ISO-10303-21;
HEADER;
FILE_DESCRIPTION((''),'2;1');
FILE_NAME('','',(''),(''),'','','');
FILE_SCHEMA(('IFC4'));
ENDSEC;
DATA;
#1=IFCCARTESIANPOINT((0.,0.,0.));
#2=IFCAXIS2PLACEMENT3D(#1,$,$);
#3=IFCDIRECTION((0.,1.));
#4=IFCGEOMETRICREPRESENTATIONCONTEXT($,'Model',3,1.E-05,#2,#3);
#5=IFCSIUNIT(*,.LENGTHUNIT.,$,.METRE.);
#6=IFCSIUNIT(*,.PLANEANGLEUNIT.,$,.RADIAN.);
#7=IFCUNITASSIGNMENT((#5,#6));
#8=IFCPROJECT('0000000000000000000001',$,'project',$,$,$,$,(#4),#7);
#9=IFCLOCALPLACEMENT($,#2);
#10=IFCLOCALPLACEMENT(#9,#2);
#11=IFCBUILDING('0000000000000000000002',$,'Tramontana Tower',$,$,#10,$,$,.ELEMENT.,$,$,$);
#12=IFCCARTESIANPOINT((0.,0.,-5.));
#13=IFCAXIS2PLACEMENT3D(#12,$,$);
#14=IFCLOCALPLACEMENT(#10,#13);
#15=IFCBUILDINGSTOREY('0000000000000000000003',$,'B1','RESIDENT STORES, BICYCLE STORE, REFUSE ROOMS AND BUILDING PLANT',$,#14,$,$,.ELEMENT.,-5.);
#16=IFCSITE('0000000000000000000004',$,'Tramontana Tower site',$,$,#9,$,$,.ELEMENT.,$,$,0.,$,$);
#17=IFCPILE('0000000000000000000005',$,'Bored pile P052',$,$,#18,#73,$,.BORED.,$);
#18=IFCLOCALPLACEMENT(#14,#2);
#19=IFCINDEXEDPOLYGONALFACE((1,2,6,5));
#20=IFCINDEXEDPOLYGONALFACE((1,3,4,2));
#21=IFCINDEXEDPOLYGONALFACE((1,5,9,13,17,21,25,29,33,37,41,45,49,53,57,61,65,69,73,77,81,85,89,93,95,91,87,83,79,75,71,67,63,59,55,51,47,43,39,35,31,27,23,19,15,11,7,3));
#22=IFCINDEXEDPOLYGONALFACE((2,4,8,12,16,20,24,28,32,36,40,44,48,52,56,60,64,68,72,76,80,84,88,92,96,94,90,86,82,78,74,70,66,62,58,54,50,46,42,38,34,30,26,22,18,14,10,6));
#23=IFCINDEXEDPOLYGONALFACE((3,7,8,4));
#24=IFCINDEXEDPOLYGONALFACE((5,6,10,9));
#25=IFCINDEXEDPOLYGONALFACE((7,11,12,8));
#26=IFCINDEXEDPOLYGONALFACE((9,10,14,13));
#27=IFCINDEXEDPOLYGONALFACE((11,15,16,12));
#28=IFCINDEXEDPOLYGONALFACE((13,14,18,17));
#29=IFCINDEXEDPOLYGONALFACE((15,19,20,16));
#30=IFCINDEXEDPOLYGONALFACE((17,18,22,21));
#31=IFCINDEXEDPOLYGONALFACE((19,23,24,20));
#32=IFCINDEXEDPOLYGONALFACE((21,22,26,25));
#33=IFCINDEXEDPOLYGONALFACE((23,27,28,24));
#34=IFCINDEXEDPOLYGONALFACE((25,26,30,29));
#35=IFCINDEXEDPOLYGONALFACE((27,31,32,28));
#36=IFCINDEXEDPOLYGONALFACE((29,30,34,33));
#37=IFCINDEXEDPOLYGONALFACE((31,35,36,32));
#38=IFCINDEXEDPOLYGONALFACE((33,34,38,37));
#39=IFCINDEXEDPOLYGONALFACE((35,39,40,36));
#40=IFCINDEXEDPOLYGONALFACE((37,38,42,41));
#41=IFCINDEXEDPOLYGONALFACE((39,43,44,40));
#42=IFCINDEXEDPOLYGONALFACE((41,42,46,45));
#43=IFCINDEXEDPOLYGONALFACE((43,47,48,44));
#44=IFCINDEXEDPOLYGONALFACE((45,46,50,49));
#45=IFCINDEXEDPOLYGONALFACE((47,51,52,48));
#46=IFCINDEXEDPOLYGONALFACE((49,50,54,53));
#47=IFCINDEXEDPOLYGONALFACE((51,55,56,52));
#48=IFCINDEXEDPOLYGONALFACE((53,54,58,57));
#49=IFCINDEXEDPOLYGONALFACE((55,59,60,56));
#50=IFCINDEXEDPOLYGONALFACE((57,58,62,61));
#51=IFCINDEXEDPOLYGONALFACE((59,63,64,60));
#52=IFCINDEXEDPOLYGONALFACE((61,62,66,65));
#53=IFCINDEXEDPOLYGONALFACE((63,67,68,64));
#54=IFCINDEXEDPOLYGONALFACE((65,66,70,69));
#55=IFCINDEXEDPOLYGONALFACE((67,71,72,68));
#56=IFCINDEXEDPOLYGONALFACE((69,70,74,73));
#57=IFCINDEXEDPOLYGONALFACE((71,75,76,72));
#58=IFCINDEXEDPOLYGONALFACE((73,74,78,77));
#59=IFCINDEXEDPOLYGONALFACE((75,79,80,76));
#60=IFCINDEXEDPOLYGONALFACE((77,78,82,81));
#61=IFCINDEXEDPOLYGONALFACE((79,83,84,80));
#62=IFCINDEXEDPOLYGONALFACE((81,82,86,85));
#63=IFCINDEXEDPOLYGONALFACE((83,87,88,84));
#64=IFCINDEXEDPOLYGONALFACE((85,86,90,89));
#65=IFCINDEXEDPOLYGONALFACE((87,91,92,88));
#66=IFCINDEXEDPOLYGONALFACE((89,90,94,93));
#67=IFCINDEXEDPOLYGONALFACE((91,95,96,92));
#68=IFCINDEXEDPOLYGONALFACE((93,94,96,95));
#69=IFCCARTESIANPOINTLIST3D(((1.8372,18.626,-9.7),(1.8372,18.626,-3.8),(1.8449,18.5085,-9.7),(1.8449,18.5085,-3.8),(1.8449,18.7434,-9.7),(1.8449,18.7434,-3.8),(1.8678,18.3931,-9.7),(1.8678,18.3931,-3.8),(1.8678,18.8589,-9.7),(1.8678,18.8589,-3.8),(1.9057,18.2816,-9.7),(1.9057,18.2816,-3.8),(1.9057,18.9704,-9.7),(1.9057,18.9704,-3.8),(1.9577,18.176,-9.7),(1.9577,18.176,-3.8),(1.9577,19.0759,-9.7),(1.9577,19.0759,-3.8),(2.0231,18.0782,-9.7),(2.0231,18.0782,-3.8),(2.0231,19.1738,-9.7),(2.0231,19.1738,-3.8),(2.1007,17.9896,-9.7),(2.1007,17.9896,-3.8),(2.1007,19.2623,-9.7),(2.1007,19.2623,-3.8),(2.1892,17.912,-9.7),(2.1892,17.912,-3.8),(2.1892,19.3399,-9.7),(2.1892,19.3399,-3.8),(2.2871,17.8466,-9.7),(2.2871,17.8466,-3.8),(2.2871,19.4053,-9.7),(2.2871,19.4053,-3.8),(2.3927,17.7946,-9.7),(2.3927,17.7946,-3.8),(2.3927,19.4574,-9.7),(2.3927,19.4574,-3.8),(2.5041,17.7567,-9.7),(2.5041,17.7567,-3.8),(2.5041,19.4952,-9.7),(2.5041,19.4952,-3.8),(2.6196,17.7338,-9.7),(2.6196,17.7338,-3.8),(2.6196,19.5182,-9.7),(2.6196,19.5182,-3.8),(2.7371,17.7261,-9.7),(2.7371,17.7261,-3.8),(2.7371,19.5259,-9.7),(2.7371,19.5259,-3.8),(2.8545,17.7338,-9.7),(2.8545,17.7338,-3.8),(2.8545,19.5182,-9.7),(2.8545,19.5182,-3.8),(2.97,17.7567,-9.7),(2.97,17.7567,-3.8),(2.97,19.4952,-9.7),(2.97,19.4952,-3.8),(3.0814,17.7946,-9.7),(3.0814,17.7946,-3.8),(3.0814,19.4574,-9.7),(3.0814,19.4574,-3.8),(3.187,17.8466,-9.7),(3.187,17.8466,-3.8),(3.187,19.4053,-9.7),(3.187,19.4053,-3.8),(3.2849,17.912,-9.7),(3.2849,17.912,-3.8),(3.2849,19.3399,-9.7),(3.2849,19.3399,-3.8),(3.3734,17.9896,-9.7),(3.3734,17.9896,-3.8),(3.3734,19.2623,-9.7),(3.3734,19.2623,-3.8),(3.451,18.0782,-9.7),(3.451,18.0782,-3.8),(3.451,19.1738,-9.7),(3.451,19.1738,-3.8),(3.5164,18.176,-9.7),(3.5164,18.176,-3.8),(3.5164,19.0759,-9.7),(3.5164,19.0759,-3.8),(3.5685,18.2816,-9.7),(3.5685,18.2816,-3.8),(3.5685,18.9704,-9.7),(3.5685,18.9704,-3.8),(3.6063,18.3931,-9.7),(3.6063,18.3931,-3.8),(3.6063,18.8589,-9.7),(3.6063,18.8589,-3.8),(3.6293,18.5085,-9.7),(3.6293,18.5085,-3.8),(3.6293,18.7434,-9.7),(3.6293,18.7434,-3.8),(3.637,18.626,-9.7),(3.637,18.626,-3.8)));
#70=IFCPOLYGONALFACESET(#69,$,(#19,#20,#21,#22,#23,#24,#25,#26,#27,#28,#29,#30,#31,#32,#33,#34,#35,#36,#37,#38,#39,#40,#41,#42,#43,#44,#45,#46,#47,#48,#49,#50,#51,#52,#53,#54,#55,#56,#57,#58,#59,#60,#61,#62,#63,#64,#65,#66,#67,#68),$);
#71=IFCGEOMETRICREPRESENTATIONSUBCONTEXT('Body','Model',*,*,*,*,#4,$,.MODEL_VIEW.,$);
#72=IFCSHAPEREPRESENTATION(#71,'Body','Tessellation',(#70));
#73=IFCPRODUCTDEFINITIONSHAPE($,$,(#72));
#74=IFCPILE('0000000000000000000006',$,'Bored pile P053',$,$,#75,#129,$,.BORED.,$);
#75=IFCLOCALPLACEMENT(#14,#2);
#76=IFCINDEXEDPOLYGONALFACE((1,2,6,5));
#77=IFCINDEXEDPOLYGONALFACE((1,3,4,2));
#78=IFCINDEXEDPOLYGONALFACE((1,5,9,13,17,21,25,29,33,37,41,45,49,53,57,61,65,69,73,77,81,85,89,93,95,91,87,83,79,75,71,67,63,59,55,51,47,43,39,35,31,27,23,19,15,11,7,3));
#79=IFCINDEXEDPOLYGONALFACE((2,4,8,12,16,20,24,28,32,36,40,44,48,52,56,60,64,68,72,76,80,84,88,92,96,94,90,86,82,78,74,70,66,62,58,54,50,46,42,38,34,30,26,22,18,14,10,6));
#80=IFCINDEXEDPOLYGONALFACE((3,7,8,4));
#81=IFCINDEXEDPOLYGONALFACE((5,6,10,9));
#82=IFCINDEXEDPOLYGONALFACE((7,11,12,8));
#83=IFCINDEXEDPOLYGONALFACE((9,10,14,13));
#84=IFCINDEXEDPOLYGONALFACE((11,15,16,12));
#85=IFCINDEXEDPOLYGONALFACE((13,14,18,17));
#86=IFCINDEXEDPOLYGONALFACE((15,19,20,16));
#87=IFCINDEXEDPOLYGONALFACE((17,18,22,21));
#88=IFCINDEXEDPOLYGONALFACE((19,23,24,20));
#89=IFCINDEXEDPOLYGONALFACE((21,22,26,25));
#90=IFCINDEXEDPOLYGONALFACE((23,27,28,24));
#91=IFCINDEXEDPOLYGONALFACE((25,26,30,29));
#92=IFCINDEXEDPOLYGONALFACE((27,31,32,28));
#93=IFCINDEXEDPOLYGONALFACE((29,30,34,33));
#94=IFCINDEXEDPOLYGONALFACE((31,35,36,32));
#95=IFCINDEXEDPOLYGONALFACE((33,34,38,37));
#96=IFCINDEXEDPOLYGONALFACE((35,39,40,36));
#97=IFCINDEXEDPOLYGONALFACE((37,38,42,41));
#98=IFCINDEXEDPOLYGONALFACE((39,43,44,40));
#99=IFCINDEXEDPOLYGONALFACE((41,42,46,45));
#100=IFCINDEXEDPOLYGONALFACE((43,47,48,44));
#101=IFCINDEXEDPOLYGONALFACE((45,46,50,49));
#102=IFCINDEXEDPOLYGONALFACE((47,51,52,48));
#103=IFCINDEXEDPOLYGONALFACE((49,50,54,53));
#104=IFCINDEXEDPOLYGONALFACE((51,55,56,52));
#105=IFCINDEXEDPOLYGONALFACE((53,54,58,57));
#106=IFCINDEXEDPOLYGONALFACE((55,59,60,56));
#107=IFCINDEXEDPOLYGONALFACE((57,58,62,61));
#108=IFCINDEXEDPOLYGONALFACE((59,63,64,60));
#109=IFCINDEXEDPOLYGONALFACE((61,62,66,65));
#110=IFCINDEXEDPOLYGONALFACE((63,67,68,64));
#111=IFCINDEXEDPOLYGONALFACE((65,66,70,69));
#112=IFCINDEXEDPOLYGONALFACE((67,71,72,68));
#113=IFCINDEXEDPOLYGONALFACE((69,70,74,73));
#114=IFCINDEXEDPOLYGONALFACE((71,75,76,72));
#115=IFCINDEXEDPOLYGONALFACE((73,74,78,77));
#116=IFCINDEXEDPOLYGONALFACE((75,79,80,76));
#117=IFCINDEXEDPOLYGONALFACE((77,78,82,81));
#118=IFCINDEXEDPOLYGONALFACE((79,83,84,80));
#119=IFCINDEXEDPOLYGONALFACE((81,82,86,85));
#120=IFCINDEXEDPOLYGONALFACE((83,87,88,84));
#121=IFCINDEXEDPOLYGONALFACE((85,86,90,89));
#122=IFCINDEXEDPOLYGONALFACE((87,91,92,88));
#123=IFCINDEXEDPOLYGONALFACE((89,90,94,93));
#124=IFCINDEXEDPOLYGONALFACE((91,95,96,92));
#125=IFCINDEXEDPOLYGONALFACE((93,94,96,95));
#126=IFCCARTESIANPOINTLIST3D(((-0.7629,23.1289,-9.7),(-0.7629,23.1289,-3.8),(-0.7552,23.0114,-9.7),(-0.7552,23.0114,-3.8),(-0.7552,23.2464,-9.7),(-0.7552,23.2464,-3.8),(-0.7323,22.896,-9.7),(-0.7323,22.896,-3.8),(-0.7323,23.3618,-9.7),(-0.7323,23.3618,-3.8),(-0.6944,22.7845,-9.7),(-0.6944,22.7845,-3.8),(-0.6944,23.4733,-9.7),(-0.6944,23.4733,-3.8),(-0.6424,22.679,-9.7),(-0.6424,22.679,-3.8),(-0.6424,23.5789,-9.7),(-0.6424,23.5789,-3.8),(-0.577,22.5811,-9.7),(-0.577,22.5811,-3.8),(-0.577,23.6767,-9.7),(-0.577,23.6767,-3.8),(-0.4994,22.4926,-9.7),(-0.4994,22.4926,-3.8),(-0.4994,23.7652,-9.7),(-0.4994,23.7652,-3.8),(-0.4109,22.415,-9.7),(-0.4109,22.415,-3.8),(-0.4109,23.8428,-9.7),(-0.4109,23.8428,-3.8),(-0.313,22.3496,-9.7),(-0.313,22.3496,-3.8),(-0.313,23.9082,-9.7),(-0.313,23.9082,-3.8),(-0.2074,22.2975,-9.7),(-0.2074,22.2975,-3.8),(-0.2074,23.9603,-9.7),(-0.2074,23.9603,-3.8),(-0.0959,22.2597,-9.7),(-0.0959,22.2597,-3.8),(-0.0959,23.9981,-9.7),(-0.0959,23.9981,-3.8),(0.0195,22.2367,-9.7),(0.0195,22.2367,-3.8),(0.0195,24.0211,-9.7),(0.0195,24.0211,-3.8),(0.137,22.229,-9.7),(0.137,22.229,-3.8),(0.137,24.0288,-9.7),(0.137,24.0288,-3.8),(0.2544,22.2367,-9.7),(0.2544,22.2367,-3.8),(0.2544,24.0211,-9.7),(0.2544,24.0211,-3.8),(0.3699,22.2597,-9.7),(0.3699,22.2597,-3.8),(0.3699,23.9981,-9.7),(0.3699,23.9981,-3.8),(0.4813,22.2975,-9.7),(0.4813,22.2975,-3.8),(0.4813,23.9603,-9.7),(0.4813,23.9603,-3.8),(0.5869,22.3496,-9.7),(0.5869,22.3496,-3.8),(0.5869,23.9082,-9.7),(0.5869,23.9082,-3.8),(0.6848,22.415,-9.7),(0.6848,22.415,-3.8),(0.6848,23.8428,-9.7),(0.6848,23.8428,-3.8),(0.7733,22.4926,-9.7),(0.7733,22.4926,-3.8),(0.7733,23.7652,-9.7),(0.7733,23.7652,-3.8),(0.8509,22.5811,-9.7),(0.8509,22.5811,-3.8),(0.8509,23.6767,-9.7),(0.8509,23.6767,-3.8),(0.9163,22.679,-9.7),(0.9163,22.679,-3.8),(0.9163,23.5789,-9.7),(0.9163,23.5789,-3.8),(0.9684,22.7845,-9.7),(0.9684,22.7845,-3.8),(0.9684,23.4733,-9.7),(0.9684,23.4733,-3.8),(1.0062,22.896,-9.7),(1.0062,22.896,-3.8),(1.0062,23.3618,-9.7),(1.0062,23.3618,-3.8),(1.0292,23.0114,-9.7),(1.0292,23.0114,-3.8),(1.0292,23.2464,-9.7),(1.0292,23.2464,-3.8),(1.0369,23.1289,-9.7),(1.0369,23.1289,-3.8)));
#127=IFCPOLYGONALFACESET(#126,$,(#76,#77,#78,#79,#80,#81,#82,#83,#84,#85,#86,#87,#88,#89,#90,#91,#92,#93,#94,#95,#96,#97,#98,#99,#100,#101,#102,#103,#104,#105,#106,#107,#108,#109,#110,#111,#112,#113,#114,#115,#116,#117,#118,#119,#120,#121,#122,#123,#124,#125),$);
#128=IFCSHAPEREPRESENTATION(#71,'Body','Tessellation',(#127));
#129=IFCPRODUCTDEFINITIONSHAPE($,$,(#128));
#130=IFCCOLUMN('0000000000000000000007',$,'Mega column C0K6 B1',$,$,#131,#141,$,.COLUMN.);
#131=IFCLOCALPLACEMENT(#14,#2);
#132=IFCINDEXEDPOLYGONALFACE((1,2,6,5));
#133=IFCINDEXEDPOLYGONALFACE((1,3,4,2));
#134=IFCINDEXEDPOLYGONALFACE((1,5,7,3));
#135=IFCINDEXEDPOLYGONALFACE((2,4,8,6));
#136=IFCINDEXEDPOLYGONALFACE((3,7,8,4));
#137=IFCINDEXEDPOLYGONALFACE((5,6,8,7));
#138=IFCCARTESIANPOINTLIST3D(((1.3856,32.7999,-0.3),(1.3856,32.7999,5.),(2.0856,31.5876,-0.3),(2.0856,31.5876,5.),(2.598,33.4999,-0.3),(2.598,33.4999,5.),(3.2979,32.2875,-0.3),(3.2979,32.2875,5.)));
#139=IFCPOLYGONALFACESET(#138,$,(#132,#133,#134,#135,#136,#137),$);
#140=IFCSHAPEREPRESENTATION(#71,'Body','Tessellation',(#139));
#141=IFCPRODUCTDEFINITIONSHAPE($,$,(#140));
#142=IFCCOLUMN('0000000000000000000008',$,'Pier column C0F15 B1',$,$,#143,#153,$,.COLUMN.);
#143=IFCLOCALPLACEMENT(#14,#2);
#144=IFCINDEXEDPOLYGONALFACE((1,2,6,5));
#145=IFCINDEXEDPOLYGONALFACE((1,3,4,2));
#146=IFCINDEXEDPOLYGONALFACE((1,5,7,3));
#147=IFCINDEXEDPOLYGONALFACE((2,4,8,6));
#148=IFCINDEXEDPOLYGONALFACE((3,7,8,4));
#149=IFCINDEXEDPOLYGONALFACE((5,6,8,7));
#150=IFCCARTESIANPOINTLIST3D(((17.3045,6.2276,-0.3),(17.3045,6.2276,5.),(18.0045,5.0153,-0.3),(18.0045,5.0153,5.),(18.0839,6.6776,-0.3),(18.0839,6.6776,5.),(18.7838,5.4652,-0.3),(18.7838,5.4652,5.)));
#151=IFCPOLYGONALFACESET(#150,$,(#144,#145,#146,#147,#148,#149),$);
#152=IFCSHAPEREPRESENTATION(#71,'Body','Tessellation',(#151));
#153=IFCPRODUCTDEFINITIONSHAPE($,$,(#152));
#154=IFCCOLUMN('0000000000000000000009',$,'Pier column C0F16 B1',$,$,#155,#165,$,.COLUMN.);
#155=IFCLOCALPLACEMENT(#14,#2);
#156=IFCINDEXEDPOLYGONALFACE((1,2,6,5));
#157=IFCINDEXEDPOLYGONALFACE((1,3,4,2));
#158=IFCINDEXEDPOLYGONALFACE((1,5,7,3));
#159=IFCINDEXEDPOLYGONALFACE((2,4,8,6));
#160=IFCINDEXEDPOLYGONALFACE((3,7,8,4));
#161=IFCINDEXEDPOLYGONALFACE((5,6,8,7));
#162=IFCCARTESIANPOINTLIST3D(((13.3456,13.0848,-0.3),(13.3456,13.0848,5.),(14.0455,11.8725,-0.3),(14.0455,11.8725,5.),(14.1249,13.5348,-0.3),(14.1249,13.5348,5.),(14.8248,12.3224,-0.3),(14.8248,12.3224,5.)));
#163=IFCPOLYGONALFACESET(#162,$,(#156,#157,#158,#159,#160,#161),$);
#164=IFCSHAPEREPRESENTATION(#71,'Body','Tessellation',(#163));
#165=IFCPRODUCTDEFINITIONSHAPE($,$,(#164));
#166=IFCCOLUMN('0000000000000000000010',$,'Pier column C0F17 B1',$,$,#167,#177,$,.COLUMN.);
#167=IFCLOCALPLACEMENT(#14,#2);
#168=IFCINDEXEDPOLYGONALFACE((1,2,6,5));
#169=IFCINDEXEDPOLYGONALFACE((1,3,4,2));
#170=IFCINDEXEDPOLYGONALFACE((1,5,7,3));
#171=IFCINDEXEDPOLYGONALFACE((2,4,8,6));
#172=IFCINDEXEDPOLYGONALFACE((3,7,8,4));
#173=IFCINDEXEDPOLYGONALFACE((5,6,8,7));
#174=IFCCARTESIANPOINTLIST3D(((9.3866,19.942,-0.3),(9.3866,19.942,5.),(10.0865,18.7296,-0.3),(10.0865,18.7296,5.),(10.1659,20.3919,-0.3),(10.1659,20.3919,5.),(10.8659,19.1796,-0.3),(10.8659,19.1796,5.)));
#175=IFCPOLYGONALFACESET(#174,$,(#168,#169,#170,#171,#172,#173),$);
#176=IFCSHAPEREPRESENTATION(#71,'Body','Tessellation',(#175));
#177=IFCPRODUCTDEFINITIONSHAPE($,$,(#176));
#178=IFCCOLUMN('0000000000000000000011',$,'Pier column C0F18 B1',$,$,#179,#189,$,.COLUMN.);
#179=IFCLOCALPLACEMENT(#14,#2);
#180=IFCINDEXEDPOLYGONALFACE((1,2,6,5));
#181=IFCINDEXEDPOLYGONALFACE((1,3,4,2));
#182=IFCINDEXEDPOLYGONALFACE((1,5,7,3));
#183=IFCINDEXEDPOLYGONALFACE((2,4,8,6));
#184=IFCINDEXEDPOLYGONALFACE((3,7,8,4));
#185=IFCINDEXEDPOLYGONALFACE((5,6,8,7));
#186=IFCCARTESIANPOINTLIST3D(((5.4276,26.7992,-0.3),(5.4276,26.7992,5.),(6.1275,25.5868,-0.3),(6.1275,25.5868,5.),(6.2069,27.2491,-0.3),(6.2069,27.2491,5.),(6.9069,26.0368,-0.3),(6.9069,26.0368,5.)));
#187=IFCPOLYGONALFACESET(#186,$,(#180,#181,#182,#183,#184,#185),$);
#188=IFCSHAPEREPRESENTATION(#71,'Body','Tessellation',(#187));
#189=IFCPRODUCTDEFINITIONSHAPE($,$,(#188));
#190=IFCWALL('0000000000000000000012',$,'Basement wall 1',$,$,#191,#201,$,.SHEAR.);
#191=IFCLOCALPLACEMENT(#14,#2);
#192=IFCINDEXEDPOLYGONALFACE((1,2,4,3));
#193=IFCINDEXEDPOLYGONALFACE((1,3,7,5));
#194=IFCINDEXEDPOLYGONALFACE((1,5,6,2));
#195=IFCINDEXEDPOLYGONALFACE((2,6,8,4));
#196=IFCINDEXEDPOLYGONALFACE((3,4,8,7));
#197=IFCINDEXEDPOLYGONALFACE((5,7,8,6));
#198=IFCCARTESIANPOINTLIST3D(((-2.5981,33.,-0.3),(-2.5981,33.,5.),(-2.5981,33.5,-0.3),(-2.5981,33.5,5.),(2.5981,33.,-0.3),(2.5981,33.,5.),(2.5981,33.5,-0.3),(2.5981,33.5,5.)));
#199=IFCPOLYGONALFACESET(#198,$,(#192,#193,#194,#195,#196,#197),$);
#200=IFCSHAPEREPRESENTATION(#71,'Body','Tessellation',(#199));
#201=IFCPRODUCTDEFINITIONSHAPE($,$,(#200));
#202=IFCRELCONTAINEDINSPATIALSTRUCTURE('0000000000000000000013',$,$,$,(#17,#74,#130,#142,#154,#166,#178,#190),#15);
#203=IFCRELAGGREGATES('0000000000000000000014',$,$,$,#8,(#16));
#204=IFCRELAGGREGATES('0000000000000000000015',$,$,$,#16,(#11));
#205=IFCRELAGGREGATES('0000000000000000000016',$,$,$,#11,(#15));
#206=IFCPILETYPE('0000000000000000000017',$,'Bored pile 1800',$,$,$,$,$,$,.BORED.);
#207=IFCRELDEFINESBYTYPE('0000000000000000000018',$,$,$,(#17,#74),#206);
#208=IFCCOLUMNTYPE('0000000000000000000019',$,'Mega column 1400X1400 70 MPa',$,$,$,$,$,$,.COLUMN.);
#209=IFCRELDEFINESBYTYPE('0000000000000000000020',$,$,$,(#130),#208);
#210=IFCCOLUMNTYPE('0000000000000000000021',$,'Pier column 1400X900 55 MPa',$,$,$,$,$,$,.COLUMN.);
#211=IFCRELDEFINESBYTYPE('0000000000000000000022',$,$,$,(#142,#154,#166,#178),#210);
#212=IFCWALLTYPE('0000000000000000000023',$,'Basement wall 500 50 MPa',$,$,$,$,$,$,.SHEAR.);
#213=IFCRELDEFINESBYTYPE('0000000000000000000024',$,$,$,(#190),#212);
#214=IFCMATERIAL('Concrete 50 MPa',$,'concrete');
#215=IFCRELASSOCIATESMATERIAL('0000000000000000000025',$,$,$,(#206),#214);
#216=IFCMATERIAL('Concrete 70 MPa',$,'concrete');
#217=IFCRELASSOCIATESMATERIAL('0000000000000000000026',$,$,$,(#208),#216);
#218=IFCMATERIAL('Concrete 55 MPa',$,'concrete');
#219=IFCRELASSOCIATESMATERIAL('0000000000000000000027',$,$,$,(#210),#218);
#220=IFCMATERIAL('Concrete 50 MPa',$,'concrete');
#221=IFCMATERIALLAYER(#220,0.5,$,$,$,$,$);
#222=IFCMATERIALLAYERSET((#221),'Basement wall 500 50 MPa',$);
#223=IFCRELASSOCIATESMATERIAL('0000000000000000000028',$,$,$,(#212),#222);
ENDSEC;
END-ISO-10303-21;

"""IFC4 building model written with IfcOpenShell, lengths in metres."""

from ifc_helpers import new_model, si_unit, direction, frame, frame_2d, origin, origin_2d, place, context, subcontext, project, spatial, rectangle, circle, extrude, material, layer, layer_set, material_profile, profile_set, type_object, element, save


model = new_model("IFC4")

# Units and contexts
model_context = context("Model", 3, precision=1e-05, world=origin(), true_north=direction((0.0, 1.0)))
body_context = subcontext(model_context, "Body", "Model", "MODEL_VIEW")
ifc_project = project(units=[si_unit("LENGTHUNIT", "METRE"), si_unit("PLANEANGLEUNIT", "RADIAN")], contexts=[model_context])

# Site, building, storey
site_placement = place(None, origin())
site = spatial("IfcSite", under=ifc_project, at=site_placement, Name="Tramontana Tower site", CompositionType="ELEMENT", RefElevation=0.0)
building_placement = place(site_placement, origin())
building = spatial("IfcBuilding", under=site, at=building_placement, Name="Tramontana Tower", CompositionType="ELEMENT")
storey_placement = place(building_placement, frame((0.0, 0.0, -5.0)))
storey = spatial("IfcBuildingStorey", under=building, at=storey_placement, Name="B1", Description="RESIDENT STORES, BICYCLE STORE, REFUSE ROOMS AND BUILDING PLANT", CompositionType="ELEMENT", Elevation=-5.0)

# Piles
ifc_material_1 = material(Name="Concrete 50 MPa", Category="concrete")
ifc_material_profile_1 = material_profile(ifc_material_1, circle(Radius=0.8999, at=origin_2d()), Name="Bored pile 1800")
ifc_profile_set_1 = profile_set([ifc_material_profile_1], Name="Concrete 50 MPa")
pile_type = type_object("IfcPileType", Name="Bored pile 1800", PredefinedType="BORED", material=ifc_profile_set_1)
for number, where, z_axis, x_axis, name in (
    (1, (2.7371, 18.626, -3.8), (0.0, 0.0, -1.0), (1.0, 0.0, 0.0), "Bored pile P052"),
    (2, (0.137, 23.1289, -3.8), (0.0, 0.0, -1.0), (1.0, 0.0, 0.0), "Bored pile P053"),
):
    element("IfcPile", number, at=place(storey_placement, frame(where, z_axis=z_axis, x_axis=x_axis)), inside=storey, type_object=pile_type, Name=name, PredefinedType="BORED", context=body_context, shape_type="SweptSolid", body=[
        extrude(circle(Radius=0.8999, at=origin_2d()), origin(), (0.0, 0.0, 1.0), 5.8999),
    ])

# Columns
ifc_material_2 = material(Name="Concrete 70 MPa", Category="concrete")
ifc_material_profile_2 = material_profile(ifc_material_2, rectangle(XDim=1.3999, YDim=1.3999, at=origin_2d()), Name="Mega column 1400X1400 70 MPa")
ifc_profile_set_2 = profile_set([ifc_material_profile_2], Name="Concrete 70 MPa")
column_type_1 = type_object("IfcColumnType", Name="Mega column 1400X1400 70 MPa", PredefinedType="COLUMN", material=ifc_profile_set_2)
column_placement = place(storey_placement, frame((2.3418, 32.5437, -0.3), z_axis=(0.0, 0.0, 1.0), x_axis=(-0.5, 0.866025, 0.0)))
element("IfcColumn", 3, at=column_placement, inside=storey, type_object=column_type_1, Name="Mega column C0K6 B1", PredefinedType="COLUMN", context=body_context, shape_type="SweptSolid", body=[
    extrude(rectangle(XDim=1.3999, YDim=1.3999, at=origin_2d()), origin(), (0.0, 0.0, 1.0), 5.3),
])
ifc_material_3 = material(Name="Concrete 55 MPa", Category="concrete")
ifc_material_profile_3 = material_profile(ifc_material_3, rectangle(XDim=1.3999, YDim=0.8999, at=origin_2d()), Name="Pier column 1400X900 55 MPa")
ifc_profile_set_3 = profile_set([ifc_material_profile_3], Name="Concrete 55 MPa")
column_type_2 = type_object("IfcColumnType", Name="Pier column 1400X900 55 MPa", PredefinedType="COLUMN", material=ifc_profile_set_3)
for number, where, z_axis, x_axis, name in (
    (4, (18.0442, 5.8464, -0.3), (0.0, 0.0, 1.0), (-0.5, 0.866025, 0.0), "Pier column C0F15 B1"),
    (5, (14.0852, 12.7036, -0.3), (0.0, 0.0, 1.0), (-0.5, 0.866025, 0.0), "Pier column C0F16 B1"),
    (6, (10.1262, 19.5608, -0.3), (0.0, 0.0, 1.0), (-0.5, 0.866025, 0.0), "Pier column C0F17 B1"),
    (7, (6.1672, 26.418, -0.3), (0.0, 0.0, 1.0), (-0.5, 0.866025, 0.0), "Pier column C0F18 B1"),
):
    element("IfcColumn", number, at=place(storey_placement, frame(where, z_axis=z_axis, x_axis=x_axis)), inside=storey, type_object=column_type_2, Name=name, PredefinedType="COLUMN", context=body_context, shape_type="SweptSolid", body=[
        extrude(rectangle(XDim=1.3999, YDim=0.8999, at=origin_2d()), origin(), (0.0, 0.0, 1.0), 5.3),
    ])

# Wall
ifc_material_4 = material(Name="Concrete 50 MPa", Category="concrete")
ifc_layer_1 = layer(ifc_material_4, 0.5)
ifc_layer_set_1 = layer_set([ifc_layer_1], Name="Basement wall 500 50 MPa")
wall_type_1 = type_object("IfcWallType", Name="Basement wall 500 50 MPa", PredefinedType="SHEAR", material=ifc_layer_set_1)
wall_1_placement = place(storey_placement, frame((2.5981, 33.25, -0.3), z_axis=(0.0, 0.0, 1.0), x_axis=(-1.0, 0.0, 0.0)))
element("IfcWall", 8, at=wall_1_placement, inside=storey, type_object=wall_type_1, Name="Basement wall 1", PredefinedType="SHEAR", context=body_context, shape_type="SweptSolid", body=[
    extrude(rectangle(XDim=5.1963, YDim=0.5, at=frame_2d((2.5981, 0.0))), origin(), (0.0, 0.0, 1.0), 5.3),
])

save(model, "model.ifc")
